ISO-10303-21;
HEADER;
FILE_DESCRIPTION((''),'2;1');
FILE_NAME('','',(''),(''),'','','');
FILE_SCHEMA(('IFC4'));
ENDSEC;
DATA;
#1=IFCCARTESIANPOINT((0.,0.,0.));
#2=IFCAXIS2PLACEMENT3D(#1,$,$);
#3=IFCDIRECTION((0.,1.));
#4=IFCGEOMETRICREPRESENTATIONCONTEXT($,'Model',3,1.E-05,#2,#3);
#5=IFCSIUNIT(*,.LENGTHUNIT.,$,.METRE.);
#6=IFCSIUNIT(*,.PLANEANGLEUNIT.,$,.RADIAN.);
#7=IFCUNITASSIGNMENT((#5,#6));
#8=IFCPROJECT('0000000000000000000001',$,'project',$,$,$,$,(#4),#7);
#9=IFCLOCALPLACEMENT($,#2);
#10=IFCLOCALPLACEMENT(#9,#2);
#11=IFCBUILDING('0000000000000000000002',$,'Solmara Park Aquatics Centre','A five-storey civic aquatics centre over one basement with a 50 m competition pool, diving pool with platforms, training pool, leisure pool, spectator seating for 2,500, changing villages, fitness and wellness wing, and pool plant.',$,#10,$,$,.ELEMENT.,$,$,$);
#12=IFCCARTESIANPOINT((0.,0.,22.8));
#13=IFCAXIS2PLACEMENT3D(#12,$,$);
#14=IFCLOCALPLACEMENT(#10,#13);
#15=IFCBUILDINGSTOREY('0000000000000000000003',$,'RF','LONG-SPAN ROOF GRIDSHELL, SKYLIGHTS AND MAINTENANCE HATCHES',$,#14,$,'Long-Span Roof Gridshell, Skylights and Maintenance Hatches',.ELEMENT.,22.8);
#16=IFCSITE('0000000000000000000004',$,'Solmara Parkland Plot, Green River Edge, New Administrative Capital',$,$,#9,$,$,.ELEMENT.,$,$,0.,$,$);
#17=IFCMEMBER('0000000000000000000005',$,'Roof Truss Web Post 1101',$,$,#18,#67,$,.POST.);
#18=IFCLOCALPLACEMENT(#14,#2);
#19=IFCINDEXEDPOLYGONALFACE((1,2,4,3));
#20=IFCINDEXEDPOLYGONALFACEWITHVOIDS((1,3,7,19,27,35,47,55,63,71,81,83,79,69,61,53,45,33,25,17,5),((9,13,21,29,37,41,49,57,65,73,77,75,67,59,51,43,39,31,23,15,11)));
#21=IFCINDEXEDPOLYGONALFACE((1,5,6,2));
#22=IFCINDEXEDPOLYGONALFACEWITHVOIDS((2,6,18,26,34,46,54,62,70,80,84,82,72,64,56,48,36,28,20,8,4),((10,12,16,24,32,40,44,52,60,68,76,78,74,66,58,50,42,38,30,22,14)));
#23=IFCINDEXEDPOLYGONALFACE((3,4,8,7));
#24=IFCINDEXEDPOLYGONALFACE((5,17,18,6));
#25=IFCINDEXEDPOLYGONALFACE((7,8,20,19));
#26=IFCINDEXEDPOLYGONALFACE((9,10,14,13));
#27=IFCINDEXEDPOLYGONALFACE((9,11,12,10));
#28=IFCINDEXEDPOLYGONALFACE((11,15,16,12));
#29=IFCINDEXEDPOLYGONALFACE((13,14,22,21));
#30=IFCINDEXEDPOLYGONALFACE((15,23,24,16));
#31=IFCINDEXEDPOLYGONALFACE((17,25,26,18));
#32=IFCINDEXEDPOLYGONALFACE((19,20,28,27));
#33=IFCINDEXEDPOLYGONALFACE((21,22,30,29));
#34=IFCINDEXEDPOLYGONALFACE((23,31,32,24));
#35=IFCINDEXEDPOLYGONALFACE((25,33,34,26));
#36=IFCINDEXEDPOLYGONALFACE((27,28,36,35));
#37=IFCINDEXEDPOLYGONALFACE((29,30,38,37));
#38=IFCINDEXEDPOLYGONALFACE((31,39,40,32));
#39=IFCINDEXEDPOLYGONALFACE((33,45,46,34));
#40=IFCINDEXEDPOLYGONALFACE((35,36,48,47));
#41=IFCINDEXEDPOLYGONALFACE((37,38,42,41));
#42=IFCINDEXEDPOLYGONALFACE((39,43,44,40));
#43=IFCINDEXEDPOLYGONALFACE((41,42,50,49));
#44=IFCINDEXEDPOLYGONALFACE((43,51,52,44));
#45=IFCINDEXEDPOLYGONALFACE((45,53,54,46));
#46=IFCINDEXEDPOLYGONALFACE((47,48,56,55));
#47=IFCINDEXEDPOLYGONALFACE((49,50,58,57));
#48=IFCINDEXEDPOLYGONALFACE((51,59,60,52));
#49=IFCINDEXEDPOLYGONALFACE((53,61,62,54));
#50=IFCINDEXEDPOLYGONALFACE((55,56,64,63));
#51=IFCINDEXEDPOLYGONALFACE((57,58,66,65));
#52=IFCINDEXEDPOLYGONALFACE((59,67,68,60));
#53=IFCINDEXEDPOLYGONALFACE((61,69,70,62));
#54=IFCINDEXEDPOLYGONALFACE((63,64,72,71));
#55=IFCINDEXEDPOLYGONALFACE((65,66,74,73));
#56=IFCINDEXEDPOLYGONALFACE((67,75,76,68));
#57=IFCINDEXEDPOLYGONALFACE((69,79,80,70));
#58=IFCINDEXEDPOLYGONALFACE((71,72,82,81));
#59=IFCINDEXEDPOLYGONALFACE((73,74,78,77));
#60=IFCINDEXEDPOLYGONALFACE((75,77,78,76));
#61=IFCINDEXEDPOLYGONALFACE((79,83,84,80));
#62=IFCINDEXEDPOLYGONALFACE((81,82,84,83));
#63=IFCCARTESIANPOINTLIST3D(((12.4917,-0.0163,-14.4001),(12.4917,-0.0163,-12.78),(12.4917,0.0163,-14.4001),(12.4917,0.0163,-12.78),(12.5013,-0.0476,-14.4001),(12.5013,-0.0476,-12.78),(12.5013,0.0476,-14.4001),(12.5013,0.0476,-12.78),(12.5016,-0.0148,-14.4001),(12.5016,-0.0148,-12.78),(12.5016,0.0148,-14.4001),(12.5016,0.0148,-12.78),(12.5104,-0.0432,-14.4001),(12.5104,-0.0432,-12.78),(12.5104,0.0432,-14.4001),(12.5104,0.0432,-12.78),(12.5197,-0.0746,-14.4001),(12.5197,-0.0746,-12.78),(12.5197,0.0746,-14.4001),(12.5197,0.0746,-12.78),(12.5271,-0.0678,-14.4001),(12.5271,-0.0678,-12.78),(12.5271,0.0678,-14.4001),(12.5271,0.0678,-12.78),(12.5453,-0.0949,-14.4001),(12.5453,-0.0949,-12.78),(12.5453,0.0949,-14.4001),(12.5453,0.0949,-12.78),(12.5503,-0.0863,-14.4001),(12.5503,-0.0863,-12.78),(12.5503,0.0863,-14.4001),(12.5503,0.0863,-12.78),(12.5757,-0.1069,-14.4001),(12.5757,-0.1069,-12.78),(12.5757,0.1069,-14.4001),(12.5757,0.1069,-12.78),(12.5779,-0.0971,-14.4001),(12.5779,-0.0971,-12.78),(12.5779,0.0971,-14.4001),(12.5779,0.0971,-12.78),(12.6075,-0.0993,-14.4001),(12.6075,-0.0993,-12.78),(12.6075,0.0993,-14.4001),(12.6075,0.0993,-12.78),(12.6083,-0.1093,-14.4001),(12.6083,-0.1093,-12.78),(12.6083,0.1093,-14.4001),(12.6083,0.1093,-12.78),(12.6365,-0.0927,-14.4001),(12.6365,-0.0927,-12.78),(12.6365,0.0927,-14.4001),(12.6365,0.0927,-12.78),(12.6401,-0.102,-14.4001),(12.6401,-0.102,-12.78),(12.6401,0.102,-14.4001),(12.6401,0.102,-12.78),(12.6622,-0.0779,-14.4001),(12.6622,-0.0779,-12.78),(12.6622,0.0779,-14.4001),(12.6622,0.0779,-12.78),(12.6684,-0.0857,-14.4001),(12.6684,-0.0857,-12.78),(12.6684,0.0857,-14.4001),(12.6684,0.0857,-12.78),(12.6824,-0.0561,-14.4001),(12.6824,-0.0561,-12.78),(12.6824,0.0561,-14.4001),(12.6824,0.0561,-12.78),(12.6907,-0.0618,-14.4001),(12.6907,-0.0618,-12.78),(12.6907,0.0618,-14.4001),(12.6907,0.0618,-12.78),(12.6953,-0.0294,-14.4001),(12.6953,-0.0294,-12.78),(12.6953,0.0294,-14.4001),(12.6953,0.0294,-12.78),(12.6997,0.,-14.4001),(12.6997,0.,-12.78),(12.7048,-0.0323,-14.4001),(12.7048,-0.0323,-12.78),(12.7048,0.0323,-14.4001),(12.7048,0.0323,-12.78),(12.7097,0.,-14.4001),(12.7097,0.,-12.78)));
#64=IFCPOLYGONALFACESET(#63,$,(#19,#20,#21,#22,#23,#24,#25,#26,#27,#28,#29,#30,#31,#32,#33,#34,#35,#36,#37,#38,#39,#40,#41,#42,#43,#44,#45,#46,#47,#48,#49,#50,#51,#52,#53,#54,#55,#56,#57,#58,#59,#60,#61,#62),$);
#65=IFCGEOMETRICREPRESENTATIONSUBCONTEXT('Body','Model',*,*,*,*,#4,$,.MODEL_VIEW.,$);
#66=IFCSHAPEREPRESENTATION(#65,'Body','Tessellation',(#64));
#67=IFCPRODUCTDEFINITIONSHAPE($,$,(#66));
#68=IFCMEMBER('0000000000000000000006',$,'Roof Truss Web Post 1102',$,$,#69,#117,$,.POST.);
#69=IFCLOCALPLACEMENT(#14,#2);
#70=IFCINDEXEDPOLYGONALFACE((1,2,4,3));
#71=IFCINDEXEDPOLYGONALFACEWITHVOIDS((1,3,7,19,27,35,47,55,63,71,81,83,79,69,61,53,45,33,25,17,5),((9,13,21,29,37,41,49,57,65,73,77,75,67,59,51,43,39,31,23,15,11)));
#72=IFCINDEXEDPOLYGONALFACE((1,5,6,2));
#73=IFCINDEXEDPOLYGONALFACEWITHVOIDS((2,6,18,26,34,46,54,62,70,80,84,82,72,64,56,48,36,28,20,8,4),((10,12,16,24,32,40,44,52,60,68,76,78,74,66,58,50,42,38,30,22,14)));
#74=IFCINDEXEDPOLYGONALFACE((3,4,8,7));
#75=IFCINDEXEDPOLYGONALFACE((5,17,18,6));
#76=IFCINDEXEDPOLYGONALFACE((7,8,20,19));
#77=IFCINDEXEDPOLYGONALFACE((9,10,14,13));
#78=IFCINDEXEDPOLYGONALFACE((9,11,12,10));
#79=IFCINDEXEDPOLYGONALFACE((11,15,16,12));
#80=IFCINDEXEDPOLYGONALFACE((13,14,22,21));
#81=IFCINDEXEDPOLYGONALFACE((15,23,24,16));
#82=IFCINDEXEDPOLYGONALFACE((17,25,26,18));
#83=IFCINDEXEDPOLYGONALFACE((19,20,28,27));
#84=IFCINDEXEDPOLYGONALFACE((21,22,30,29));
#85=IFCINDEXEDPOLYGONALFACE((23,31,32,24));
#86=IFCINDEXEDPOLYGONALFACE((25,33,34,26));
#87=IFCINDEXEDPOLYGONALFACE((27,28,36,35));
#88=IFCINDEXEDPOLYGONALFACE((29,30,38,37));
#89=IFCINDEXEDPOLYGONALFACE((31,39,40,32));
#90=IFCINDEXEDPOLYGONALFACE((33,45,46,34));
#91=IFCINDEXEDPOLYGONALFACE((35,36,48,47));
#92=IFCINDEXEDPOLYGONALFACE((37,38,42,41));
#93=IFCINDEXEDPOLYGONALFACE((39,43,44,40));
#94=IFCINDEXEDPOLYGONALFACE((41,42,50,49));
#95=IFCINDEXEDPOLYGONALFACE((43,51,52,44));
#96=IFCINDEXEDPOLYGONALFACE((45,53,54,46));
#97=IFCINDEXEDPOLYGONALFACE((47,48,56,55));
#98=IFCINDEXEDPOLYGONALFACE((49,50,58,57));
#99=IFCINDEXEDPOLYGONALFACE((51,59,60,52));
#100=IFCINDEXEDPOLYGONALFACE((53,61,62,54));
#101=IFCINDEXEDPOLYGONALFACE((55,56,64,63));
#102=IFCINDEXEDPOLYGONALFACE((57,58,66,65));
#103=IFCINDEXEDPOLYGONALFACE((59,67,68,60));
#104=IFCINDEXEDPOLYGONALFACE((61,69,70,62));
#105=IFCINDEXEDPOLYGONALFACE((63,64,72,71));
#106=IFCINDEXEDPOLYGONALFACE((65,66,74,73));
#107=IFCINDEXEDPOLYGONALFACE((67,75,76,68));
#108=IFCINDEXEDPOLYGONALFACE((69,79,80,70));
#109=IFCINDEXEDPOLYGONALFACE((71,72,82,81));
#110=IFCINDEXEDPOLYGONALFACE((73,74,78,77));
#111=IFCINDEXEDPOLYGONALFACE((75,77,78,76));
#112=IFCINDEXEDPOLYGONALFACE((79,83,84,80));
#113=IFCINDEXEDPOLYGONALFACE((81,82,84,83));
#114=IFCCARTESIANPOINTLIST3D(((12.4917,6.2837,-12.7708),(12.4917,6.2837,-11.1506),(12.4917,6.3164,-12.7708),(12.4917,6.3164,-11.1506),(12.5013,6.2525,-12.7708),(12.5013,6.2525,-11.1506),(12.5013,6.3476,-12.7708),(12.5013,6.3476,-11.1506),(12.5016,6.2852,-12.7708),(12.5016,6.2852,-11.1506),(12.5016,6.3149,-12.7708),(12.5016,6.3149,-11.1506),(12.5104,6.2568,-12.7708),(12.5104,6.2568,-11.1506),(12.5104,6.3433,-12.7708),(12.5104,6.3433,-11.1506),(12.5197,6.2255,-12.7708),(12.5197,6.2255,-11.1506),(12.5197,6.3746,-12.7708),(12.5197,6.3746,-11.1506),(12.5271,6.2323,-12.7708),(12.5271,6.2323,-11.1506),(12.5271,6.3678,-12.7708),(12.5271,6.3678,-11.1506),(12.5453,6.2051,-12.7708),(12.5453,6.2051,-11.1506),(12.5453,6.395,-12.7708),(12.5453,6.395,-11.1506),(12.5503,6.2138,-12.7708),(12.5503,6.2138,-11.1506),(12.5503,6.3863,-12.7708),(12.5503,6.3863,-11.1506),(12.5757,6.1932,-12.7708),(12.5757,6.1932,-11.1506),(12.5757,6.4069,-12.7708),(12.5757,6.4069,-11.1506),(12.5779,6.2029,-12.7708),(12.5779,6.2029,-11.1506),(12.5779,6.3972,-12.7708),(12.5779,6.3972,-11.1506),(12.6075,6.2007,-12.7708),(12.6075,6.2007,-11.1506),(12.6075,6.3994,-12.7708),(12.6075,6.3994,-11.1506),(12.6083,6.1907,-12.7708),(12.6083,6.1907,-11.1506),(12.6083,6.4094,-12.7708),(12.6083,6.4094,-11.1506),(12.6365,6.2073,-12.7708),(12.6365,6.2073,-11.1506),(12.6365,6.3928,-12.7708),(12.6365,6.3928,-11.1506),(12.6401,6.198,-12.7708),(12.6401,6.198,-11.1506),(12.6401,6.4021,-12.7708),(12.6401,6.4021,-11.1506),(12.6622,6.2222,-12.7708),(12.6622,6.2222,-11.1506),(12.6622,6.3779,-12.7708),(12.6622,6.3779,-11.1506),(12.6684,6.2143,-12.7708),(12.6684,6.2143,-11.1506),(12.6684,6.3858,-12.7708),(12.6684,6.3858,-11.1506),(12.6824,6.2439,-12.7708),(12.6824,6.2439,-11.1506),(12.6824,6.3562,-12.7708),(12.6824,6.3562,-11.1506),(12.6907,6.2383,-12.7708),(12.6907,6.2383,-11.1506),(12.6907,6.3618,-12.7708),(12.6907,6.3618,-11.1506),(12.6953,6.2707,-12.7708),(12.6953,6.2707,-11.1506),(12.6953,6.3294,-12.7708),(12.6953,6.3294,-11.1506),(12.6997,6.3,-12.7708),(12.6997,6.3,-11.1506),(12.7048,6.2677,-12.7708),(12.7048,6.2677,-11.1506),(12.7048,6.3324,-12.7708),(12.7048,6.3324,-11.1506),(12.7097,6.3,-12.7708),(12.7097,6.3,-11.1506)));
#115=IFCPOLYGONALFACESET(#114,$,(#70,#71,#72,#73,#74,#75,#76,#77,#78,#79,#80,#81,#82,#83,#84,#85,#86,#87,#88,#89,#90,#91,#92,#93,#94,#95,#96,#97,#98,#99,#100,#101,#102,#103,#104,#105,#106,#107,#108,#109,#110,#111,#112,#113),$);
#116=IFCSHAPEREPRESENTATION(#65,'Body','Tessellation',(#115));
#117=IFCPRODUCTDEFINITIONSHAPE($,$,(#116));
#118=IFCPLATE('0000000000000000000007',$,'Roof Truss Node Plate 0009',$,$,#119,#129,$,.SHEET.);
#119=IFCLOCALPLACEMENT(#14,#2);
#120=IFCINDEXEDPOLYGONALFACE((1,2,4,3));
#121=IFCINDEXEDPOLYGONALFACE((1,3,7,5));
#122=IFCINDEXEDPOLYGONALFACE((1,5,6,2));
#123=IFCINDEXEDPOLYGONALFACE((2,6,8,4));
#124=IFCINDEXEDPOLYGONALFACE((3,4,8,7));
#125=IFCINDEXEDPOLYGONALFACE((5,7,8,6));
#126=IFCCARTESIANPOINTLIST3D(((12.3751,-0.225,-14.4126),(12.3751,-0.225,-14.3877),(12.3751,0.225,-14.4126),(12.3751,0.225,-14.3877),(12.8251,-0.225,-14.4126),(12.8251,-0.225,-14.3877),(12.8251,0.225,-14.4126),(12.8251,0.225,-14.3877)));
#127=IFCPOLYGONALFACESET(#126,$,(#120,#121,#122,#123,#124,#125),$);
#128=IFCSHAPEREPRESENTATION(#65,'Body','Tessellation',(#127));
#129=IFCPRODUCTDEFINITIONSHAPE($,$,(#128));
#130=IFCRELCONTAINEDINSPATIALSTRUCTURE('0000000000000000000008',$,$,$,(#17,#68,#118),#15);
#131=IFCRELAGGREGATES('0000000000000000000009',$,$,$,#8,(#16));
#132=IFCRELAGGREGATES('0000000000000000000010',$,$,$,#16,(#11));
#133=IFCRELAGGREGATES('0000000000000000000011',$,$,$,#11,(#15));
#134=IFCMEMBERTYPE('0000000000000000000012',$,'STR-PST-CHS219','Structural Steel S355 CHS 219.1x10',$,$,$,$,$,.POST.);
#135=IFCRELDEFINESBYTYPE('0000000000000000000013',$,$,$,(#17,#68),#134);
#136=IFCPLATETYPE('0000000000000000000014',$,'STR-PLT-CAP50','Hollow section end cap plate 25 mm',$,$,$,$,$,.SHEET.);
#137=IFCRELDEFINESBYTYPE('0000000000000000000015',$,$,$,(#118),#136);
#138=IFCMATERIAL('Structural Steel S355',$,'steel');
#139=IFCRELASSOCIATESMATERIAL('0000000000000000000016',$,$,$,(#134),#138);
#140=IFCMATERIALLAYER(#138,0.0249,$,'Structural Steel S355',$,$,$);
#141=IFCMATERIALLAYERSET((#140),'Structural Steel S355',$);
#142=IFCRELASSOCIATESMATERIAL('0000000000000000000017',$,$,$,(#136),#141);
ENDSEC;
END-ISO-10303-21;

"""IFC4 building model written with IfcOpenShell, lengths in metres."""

from ifc_helpers import new_model, si_unit, direction, frame, origin, origin_2d, place, context, subcontext, project, spatial, rectangle, hollow_circle, extrude, material, layer, layer_set, material_profile, profile_set, type_object, element, save


model = new_model("IFC4")

# Units and contexts
model_context = context("Model", 3, precision=1e-05, world=origin(), true_north=direction((0.0, 1.0)))
body_context = subcontext(model_context, "Body", "Model", "MODEL_VIEW")
ifc_project = project(units=[si_unit("LENGTHUNIT", "METRE"), si_unit("PLANEANGLEUNIT", "RADIAN")], contexts=[model_context])

# Site, building, storey
site_placement = place(None, origin())
site = spatial("IfcSite", under=ifc_project, at=site_placement, Name="Solmara Parkland Plot, Green River Edge, New Administrative Capital", CompositionType="ELEMENT", RefElevation=0.0)
building_placement = place(site_placement, origin())
building = spatial("IfcBuilding", under=site, at=building_placement, Name="Solmara Park Aquatics Centre", Description="A five-storey civic aquatics centre over one basement with a 50 m competition pool, diving pool with platforms, training pool, leisure pool, spectator seating for 2,500, changing villages, fitness and wellness wing, and pool plant.", CompositionType="ELEMENT")
storey_placement = place(building_placement, frame((0.0, 0.0, 22.8)))
storey = spatial("IfcBuildingStorey", under=building, at=storey_placement, Name="RF", Description="LONG-SPAN ROOF GRIDSHELL, SKYLIGHTS AND MAINTENANCE HATCHES", LongName="Long-Span Roof Gridshell, Skylights and Maintenance Hatches", CompositionType="ELEMENT", Elevation=22.8)

# Members
ifc_material_1 = material(Name="Structural Steel S355", Category="steel")
ifc_material_profile_1 = material_profile(ifc_material_1, hollow_circle(Radius=0.1096, WallThickness=0.01, at=origin_2d()), Name="CHS 219.1x10")
ifc_profile_set_1 = profile_set([ifc_material_profile_1], Name="Structural Steel S355")
member_type_1 = type_object("IfcMemberType", Name="STR-PST-CHS219", Description="Structural Steel S355 CHS 219.1x10", PredefinedType="POST", material=ifc_profile_set_1)
for number, where, z_axis, x_axis, name in (
    (1, (12.6001, 0.0, -14.4001), (0.0, 0.0, 1.0), (1.0, 0.0, 0.0), "Roof Truss Web Post 1101"),
    (2, (12.6001, 6.3, -12.7708), (0.0, 0.0, 1.0), (1.0, 0.0, 0.0), "Roof Truss Web Post 1102"),
):
    element("IfcMember", number, at=place(storey_placement, frame(where, z_axis=z_axis, x_axis=x_axis)), inside=storey, type_object=member_type_1, Name=name, PredefinedType="POST", context=body_context, shape_type="SweptSolid", body=[
        extrude(hollow_circle(Radius=0.1096, WallThickness=0.01, at=origin_2d()), origin(), (0.0, 0.0, 1.0), 1.6201),
    ])

# Plate
ifc_layer = layer(ifc_material_1, 0.0249, Name="Structural Steel S355")
ifc_layer_set = layer_set([ifc_layer], Name="Structural Steel S355")
plate_type = type_object("IfcPlateType", Name="STR-PLT-CAP50", Description="Hollow section end cap plate 25 mm", PredefinedType="SHEET", material=ifc_layer_set)
plate_placement = place(storey_placement, frame((12.6001, 0.0, -14.4126), z_axis=(0.0, 0.0, 1.0), x_axis=(1.0, 0.0, 0.0)))
element("IfcPlate", 3, at=plate_placement, inside=storey, type_object=plate_type, Name="Roof Truss Node Plate 0009", PredefinedType="SHEET", context=body_context, shape_type="SweptSolid", body=[
    extrude(rectangle(XDim=0.45, YDim=0.45, at=origin_2d()), origin(), (0.0, 0.0, 1.0), 0.0249),
])

save(model, "model.ifc")
